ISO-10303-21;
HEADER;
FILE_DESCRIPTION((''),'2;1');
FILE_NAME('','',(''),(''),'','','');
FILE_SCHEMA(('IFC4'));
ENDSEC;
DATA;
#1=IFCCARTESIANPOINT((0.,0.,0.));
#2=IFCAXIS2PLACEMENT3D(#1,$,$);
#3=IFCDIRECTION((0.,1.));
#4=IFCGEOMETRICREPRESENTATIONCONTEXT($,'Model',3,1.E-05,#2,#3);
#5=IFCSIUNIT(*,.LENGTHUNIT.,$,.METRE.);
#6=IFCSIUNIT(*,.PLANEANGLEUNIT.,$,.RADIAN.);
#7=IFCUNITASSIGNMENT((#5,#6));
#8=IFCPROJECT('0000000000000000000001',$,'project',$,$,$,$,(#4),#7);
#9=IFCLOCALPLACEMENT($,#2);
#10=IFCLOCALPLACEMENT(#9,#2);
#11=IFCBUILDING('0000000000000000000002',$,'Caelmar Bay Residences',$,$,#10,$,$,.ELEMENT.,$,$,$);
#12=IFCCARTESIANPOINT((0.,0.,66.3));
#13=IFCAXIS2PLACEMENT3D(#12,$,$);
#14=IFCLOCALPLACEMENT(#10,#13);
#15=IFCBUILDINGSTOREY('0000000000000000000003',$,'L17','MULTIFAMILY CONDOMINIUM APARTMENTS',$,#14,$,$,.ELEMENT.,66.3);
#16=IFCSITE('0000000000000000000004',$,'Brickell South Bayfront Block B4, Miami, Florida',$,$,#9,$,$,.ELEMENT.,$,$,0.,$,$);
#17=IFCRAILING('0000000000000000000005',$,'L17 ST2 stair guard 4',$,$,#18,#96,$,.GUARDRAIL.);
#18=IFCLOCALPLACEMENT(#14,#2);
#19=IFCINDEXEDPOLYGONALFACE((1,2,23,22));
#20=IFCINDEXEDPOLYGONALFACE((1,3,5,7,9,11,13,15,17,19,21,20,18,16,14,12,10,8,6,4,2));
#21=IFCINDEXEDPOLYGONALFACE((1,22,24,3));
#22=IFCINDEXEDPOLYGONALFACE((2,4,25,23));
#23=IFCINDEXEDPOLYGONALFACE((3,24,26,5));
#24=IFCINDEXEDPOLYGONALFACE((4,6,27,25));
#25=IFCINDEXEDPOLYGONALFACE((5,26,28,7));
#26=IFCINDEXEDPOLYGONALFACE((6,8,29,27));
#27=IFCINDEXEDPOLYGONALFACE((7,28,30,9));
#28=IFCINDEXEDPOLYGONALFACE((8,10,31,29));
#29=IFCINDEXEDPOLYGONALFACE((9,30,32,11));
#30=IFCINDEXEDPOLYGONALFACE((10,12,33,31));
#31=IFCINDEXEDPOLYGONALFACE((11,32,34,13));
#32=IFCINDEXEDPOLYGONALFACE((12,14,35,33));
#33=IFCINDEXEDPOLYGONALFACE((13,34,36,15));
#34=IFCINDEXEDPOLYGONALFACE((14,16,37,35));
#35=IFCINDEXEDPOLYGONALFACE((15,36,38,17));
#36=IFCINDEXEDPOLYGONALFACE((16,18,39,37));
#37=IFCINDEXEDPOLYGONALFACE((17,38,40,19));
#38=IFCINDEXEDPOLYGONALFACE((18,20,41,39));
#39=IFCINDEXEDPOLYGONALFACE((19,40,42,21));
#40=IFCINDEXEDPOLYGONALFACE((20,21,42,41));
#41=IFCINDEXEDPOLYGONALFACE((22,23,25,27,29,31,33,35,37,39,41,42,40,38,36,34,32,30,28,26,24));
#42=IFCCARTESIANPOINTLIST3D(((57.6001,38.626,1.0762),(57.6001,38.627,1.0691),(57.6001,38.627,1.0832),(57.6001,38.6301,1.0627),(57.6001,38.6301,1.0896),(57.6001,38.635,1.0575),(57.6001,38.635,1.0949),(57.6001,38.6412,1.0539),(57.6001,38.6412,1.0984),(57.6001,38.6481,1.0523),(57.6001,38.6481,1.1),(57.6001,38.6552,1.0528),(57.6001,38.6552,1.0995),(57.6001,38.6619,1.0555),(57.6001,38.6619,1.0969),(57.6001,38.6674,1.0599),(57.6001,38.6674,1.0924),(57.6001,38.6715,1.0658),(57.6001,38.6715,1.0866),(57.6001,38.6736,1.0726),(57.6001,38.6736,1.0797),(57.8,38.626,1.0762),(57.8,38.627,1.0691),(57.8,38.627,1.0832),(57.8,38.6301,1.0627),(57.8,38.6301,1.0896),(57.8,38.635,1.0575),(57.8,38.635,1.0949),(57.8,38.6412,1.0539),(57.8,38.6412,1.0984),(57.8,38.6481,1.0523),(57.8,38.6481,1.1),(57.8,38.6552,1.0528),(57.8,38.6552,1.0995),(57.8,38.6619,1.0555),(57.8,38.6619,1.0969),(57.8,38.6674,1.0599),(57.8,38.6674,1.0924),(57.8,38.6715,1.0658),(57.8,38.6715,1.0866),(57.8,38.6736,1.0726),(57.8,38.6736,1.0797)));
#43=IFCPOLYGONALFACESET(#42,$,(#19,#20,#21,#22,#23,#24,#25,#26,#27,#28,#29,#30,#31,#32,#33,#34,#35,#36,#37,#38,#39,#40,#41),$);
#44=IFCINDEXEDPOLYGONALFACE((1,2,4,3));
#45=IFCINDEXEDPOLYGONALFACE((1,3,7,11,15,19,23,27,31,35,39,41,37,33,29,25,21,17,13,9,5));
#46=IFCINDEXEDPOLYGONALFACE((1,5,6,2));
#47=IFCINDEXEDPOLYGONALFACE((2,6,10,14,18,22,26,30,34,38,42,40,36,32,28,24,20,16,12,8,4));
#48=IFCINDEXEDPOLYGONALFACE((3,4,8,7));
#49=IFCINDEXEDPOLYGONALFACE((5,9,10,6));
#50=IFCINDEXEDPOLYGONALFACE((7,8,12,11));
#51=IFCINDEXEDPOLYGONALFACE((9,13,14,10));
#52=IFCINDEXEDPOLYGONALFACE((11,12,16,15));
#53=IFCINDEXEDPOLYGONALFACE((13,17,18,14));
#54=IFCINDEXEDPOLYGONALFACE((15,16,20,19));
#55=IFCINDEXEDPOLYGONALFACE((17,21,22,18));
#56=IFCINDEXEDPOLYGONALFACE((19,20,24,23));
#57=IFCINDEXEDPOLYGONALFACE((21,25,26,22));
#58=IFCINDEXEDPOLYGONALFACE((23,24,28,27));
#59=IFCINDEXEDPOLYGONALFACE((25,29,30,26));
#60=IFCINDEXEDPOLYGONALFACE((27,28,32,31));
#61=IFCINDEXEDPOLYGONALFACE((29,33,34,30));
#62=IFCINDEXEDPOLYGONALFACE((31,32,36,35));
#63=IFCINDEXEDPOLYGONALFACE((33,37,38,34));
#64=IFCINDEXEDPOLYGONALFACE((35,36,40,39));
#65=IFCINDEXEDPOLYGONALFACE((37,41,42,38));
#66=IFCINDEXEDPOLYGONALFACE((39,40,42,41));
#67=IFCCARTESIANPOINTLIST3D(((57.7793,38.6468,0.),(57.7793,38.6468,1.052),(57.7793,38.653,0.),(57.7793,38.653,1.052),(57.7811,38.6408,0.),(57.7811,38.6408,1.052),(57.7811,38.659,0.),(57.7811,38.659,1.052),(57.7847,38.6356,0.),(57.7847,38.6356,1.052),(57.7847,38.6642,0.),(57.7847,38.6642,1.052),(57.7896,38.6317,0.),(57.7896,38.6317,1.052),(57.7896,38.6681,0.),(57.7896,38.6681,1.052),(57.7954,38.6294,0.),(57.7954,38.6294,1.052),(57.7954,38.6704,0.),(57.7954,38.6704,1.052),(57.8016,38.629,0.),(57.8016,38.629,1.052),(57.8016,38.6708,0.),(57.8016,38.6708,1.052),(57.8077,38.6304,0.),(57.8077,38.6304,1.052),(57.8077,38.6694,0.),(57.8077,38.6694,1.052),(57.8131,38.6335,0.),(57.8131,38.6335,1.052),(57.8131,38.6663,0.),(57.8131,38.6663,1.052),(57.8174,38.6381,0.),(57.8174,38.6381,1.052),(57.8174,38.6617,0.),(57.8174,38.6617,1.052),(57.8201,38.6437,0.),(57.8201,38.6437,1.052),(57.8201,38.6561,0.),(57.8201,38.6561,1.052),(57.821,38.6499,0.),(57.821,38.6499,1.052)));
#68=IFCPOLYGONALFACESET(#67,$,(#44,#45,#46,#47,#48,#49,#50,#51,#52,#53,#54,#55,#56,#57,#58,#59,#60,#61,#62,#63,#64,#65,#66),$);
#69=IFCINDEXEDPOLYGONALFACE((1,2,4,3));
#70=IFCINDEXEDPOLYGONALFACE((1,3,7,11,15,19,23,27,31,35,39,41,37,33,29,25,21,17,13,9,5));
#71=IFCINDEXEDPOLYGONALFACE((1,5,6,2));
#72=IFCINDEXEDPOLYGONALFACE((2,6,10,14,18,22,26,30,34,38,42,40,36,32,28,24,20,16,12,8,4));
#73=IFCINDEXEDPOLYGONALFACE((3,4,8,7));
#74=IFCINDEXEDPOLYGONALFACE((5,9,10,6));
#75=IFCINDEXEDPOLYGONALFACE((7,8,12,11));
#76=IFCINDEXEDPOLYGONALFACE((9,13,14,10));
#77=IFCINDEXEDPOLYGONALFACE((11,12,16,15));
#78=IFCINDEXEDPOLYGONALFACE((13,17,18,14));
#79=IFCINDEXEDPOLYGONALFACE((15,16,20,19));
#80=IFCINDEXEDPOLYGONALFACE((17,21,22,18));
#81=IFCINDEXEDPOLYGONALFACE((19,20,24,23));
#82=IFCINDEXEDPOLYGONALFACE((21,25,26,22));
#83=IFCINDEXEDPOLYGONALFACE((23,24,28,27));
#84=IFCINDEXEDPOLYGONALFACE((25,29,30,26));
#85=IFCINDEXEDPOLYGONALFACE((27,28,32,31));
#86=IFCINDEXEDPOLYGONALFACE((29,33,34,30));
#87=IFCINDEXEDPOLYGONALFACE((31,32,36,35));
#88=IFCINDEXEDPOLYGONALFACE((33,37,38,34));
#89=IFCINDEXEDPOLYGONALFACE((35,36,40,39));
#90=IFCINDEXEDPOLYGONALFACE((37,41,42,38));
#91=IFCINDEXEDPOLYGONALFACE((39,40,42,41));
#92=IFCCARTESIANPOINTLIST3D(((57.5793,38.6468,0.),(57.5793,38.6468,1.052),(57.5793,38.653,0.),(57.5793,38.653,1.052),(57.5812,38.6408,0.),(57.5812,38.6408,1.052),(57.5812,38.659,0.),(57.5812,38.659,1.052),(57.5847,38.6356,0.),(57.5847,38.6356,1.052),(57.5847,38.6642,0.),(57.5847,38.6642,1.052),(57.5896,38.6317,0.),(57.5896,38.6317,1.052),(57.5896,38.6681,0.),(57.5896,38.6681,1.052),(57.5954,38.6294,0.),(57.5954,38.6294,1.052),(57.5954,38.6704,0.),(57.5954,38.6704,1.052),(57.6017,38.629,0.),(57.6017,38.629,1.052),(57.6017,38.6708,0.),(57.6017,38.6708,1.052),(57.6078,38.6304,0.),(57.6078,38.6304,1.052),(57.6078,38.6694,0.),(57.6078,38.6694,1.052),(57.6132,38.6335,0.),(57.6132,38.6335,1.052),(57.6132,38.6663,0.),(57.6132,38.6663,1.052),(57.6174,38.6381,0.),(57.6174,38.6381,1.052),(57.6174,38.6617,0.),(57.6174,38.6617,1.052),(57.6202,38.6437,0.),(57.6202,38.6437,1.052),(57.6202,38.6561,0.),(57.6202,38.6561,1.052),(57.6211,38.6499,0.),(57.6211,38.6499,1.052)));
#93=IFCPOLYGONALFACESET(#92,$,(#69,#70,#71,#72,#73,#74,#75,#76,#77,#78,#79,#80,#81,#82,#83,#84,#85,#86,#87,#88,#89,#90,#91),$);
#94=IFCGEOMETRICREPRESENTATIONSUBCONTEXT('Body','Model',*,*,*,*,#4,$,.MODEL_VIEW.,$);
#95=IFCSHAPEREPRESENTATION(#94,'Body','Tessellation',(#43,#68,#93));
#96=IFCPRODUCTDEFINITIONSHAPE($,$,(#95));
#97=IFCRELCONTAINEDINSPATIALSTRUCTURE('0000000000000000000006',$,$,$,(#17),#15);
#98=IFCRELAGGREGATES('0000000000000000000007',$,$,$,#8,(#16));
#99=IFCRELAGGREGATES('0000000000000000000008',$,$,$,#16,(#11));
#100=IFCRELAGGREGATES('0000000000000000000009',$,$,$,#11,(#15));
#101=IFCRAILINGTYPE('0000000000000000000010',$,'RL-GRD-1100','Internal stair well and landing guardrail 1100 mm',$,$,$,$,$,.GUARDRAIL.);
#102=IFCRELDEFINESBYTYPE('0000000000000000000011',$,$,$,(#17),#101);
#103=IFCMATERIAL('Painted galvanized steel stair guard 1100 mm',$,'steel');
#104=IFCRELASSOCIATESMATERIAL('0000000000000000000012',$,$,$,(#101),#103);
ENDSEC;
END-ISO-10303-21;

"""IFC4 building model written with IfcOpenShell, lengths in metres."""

from ifc_helpers import new_model, si_unit, direction, frame, origin, origin_2d, place, context, subcontext, project, spatial, circle, extrude, material, type_object, element, save


model = new_model("IFC4")

# Units and contexts
model_context = context("Model", 3, precision=1e-05, world=origin(), true_north=direction((0.0, 1.0)))
body_context = subcontext(model_context, "Body", "Model", "MODEL_VIEW")
ifc_project = project(units=[si_unit("LENGTHUNIT", "METRE"), si_unit("PLANEANGLEUNIT", "RADIAN")], contexts=[model_context])

# Site, building, storey
site_placement = place(None, origin())
site = spatial("IfcSite", under=ifc_project, at=site_placement, Name="Brickell South Bayfront Block B4, Miami, Florida", CompositionType="ELEMENT", RefElevation=0.0)
building_placement = place(site_placement, origin())
building = spatial("IfcBuilding", under=site, at=building_placement, Name="Caelmar Bay Residences", CompositionType="ELEMENT")
storey_placement = place(building_placement, frame((0.0, 0.0, 66.3)))
storey = spatial("IfcBuildingStorey", under=building, at=storey_placement, Name="L17", Description="MULTIFAMILY CONDOMINIUM APARTMENTS", CompositionType="ELEMENT", Elevation=66.3)

# Railing
ifc_material_1 = material(Name="Painted galvanized steel stair guard 1100 mm", Category="steel")
railing_type_1 = type_object("IfcRailingType", Name="RL-GRD-1100", Description="Internal stair well and landing guardrail 1100 mm", PredefinedType="GUARDRAIL", material=ifc_material_1)
railing_1_placement = place(storey_placement, frame((57.8, 38.6499, 0.0)))
element("IfcRailing", 1, at=railing_1_placement, inside=storey, type_object=railing_type_1, Name="L17 ST2 stair guard 4", PredefinedType="GUARDRAIL", context=body_context, shape_type="SweptSolid", body=[
    extrude(circle(Radius=0.0239, at=origin_2d()), frame((0.0, 0.0, 1.0762), z_axis=(-1.0, 0.0, 0.0), x_axis=(0.0, -1.0, 0.0)), (0.0, 0.0, 1.0), 0.2),
    extrude(circle(Radius=0.021, at=origin_2d()), origin(), (0.0, 0.0, 1.0), 1.052),
    extrude(circle(Radius=0.021, at=origin_2d()), frame((-0.2, 0.0, 0.0)), (0.0, 0.0, 1.0), 1.052),
])

save(model, "model.ifc")
